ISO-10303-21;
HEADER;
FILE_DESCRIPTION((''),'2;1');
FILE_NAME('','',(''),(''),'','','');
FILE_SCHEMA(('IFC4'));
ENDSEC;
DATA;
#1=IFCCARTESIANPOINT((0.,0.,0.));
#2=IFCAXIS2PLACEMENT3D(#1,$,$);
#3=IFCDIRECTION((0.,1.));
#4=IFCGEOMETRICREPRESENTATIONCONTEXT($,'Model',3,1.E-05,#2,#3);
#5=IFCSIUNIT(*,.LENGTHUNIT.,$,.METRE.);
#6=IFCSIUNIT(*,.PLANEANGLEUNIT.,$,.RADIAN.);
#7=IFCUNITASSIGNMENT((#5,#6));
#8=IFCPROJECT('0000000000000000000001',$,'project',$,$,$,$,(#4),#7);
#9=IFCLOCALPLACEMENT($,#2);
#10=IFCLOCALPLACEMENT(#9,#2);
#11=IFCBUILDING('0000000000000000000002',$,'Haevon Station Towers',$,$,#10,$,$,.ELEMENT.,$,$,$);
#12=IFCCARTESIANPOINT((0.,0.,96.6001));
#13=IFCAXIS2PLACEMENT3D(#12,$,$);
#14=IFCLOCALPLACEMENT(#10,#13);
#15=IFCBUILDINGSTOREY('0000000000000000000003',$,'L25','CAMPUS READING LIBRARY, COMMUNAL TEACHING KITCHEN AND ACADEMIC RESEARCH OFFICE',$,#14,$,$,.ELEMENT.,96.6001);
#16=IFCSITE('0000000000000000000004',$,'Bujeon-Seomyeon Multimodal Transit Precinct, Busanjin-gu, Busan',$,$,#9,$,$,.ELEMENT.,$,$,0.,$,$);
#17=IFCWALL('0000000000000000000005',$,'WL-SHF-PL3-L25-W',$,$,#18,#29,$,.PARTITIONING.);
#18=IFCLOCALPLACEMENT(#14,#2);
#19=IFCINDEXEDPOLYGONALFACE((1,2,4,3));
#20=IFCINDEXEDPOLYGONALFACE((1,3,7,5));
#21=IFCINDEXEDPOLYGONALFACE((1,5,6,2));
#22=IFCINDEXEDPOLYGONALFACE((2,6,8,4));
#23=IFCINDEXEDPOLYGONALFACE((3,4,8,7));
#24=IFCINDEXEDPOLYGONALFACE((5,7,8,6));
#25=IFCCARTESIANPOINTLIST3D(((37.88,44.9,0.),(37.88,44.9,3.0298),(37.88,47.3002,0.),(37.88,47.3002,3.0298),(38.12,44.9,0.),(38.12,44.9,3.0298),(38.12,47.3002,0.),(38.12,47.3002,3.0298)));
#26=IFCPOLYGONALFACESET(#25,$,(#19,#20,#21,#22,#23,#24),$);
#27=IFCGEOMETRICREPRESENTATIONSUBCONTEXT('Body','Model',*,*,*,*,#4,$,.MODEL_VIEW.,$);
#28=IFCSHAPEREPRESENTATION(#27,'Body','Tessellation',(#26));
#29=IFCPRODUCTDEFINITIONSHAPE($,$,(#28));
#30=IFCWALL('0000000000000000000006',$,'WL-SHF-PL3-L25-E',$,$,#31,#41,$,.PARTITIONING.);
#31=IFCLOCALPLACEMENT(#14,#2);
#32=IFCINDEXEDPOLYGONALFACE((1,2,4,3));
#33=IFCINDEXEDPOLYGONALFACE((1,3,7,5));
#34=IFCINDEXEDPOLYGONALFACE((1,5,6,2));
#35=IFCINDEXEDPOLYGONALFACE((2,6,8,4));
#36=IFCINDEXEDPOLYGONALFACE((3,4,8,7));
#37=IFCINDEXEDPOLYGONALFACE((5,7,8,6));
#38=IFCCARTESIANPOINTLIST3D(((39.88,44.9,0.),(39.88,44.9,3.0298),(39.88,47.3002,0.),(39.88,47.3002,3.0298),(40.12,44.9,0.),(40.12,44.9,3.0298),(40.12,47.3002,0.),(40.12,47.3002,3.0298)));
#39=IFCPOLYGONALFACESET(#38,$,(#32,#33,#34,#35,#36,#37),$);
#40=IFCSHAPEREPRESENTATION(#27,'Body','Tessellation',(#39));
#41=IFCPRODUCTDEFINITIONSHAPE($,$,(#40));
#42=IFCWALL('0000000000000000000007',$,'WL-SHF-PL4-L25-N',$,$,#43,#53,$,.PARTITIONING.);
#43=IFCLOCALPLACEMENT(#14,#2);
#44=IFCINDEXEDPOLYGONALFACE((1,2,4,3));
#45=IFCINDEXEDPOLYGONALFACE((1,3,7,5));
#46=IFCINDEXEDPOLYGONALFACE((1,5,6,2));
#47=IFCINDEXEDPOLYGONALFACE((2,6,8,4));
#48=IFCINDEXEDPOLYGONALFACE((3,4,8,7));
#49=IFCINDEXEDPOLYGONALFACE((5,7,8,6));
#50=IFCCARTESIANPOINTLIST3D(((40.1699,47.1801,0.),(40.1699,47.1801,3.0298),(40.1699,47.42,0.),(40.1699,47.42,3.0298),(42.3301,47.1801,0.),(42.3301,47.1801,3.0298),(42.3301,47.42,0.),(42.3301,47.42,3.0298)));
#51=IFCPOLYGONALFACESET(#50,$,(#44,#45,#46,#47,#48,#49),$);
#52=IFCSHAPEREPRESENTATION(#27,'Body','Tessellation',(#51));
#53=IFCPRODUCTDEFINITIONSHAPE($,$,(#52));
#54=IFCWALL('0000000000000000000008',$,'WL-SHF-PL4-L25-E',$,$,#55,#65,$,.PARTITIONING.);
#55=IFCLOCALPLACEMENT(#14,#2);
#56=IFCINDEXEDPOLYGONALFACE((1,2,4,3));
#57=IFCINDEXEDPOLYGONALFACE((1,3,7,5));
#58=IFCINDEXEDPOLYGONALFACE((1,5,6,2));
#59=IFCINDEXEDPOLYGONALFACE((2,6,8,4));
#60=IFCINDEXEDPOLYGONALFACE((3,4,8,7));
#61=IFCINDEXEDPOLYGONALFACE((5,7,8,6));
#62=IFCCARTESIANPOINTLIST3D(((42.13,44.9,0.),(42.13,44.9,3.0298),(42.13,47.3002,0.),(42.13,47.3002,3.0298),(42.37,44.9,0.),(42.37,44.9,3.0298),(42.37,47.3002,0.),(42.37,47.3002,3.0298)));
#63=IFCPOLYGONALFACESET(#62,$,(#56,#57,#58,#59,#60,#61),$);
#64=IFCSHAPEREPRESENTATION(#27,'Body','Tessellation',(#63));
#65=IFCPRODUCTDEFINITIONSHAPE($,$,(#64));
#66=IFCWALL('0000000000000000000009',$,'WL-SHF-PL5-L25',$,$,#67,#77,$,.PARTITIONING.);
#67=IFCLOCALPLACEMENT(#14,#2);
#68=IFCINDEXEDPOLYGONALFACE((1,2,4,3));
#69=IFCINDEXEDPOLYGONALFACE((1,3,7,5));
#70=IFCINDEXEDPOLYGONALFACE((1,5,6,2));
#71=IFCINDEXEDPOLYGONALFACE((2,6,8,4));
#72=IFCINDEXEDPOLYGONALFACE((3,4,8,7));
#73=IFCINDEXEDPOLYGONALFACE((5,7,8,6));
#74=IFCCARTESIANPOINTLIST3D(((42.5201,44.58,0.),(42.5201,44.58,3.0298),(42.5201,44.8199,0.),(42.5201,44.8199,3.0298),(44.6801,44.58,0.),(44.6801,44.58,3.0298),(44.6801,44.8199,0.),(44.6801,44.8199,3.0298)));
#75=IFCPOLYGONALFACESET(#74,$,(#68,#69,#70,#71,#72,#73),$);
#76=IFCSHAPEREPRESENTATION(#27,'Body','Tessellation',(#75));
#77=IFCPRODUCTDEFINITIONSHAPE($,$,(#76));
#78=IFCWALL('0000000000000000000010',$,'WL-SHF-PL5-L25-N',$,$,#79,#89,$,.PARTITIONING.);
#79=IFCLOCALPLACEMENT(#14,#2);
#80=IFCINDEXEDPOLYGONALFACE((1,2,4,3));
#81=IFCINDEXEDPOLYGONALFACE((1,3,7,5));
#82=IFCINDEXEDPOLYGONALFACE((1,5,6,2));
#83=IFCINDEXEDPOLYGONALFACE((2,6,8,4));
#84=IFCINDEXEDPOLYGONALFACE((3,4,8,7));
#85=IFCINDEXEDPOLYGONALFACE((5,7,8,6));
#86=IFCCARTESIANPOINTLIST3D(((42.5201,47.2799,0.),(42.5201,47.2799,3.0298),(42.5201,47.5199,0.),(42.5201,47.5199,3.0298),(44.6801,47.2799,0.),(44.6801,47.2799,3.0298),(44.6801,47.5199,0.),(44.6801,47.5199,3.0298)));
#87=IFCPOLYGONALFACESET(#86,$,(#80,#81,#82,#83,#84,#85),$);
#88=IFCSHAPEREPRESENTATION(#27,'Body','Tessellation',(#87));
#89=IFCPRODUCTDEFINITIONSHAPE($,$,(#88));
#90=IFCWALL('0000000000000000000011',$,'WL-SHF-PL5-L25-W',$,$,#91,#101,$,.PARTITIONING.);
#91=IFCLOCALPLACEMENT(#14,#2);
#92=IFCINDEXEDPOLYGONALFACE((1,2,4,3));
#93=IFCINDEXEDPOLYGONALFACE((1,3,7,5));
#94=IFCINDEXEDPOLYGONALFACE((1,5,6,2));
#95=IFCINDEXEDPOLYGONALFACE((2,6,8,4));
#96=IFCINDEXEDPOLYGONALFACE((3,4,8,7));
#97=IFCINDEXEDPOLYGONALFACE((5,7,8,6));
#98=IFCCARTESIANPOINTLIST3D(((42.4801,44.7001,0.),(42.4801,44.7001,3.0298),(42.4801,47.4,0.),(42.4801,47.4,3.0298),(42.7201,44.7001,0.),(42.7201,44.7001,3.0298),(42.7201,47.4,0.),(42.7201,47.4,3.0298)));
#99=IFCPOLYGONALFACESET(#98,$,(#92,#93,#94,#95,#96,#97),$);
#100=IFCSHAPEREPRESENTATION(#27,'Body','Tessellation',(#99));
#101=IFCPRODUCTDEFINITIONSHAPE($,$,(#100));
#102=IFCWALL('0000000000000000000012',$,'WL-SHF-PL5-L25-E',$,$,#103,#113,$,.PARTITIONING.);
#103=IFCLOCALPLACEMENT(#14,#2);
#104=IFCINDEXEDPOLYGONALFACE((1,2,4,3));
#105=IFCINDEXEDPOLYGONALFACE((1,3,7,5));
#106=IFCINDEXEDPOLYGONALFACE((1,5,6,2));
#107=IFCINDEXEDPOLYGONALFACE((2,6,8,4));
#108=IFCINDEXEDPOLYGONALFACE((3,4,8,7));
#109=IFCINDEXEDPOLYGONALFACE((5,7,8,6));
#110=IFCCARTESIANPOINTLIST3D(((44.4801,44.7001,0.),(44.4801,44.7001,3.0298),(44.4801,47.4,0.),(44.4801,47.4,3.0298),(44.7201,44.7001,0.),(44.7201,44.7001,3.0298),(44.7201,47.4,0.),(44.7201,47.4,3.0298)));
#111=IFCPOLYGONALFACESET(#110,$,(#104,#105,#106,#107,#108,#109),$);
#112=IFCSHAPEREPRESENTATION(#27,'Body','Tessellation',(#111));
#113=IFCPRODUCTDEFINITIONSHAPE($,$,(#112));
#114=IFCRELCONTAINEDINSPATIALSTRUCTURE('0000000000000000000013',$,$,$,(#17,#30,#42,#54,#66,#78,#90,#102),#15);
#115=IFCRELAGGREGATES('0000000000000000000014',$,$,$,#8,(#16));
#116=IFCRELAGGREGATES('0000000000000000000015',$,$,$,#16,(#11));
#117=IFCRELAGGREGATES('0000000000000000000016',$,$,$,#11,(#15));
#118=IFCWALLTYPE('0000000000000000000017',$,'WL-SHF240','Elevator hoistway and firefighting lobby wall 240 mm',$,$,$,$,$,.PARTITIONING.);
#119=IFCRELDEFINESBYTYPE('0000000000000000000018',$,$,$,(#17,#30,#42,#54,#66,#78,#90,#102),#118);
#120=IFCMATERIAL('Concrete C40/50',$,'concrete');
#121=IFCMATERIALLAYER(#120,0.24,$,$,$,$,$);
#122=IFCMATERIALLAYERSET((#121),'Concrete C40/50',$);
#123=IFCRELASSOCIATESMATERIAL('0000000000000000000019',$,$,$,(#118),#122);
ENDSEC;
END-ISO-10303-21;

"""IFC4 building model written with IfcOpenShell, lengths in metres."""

from ifc_helpers import new_model, si_unit, direction, frame, frame_2d, origin, place, context, subcontext, project, spatial, rectangle, extrude, material, layer, layer_set, type_object, element, save


model = new_model("IFC4")

# Units and contexts
model_context = context("Model", 3, precision=1e-05, world=origin(), true_north=direction((0.0, 1.0)))
body_context = subcontext(model_context, "Body", "Model", "MODEL_VIEW")
ifc_project = project(units=[si_unit("LENGTHUNIT", "METRE"), si_unit("PLANEANGLEUNIT", "RADIAN")], contexts=[model_context])

# Site, building, storey
site_placement = place(None, origin())
site = spatial("IfcSite", under=ifc_project, at=site_placement, Name="Bujeon-Seomyeon Multimodal Transit Precinct, Busanjin-gu, Busan", CompositionType="ELEMENT", RefElevation=0.0)
building_placement = place(site_placement, origin())
building = spatial("IfcBuilding", under=site, at=building_placement, Name="Haevon Station Towers", CompositionType="ELEMENT")
storey_placement = place(building_placement, frame((0.0, 0.0, 96.6001)))
storey = spatial("IfcBuildingStorey", under=building, at=storey_placement, Name="L25", Description="CAMPUS READING LIBRARY, COMMUNAL TEACHING KITCHEN AND ACADEMIC RESEARCH OFFICE", CompositionType="ELEMENT", Elevation=96.6001)

# Shared definitions
ifc_material_1 = material(Name="Concrete C40/50", Category="concrete")
ifc_layer_1 = layer(ifc_material_1, 0.24)
ifc_layer_set_1 = layer_set([ifc_layer_1], Name="Concrete C40/50")
wall_type_1 = type_object("IfcWallType", Name="WL-SHF240", Description="Elevator hoistway and firefighting lobby wall 240 mm", PredefinedType="PARTITIONING", material=ifc_layer_set_1)

# Walls
for number, where, z_axis, x_axis, name in (
    (1, (38.0, 44.8999, 0.0), (0.0, 0.0, 1.0), (0.0, 1.0, 0.0), "WL-SHF-PL3-L25-W"),
    (2, (40.0, 44.8999, 0.0), (0.0, 0.0, 1.0), (0.0, 1.0, 0.0), "WL-SHF-PL3-L25-E"),
):
    element("IfcWall", number, at=place(storey_placement, frame(where, z_axis=z_axis, x_axis=x_axis)), inside=storey, type_object=wall_type_1, Name=name, PredefinedType="PARTITIONING", context=body_context, shape_type="SweptSolid", body=[
        extrude(rectangle(XDim=2.4001, YDim=0.24, at=frame_2d((1.2002, 0.0))), origin(), (0.0, 0.0, 1.0), 3.0298),
    ])

# Walls
wall_1_placement = place(storey_placement, frame((40.1699, 47.3, 0.0), z_axis=(0.0, 0.0, 1.0), x_axis=(1.0, 0.0, 0.0)))
element("IfcWall", 3, at=wall_1_placement, inside=storey, type_object=wall_type_1, Name="WL-SHF-PL4-L25-N", PredefinedType="PARTITIONING", context=body_context, shape_type="SweptSolid", body=[
    extrude(rectangle(XDim=2.1602, YDim=0.24, at=frame_2d((1.0801, 0.0))), origin(), (0.0, 0.0, 1.0), 3.0298),
])
wall_2_placement = place(storey_placement, frame((42.25, 44.8999, 0.0), z_axis=(0.0, 0.0, 1.0), x_axis=(0.0, 1.0, 0.0)))
element("IfcWall", 4, at=wall_2_placement, inside=storey, type_object=wall_type_1, Name="WL-SHF-PL4-L25-E", PredefinedType="PARTITIONING", context=body_context, shape_type="SweptSolid", body=[
    extrude(rectangle(XDim=2.4001, YDim=0.24, at=frame_2d((1.2002, 0.0))), origin(), (0.0, 0.0, 1.0), 3.0298),
])
for number, where, z_axis, x_axis, name in (
    (5, (42.52, 44.7, 0.0), (0.0, 0.0, 1.0), (1.0, 0.0, 0.0), "WL-SHF-PL5-L25"),
    (6, (42.52, 47.3999, 0.0), (0.0, 0.0, 1.0), (1.0, 0.0, 0.0), "WL-SHF-PL5-L25-N"),
):
    element("IfcWall", number, at=place(storey_placement, frame(where, z_axis=z_axis, x_axis=x_axis)), inside=storey, type_object=wall_type_1, Name=name, PredefinedType="PARTITIONING", context=body_context, shape_type="SweptSolid", body=[
        extrude(rectangle(XDim=2.1599, YDim=0.24, at=frame_2d((1.0801, 0.0))), origin(), (0.0, 0.0, 1.0), 3.0298),
    ])
for number, where, z_axis, x_axis, name in (
    (7, (42.6001, 44.7, 0.0), (0.0, 0.0, 1.0), (0.0, 1.0, 0.0), "WL-SHF-PL5-L25-W"),
    (8, (44.6001, 44.7, 0.0), (0.0, 0.0, 1.0), (0.0, 1.0, 0.0), "WL-SHF-PL5-L25-E"),
):
    element("IfcWall", number, at=place(storey_placement, frame(where, z_axis=z_axis, x_axis=x_axis)), inside=storey, type_object=wall_type_1, Name=name, PredefinedType="PARTITIONING", context=body_context, shape_type="SweptSolid", body=[
        extrude(rectangle(XDim=2.7, YDim=0.24, at=frame_2d((1.3501, 0.0))), origin(), (0.0, 0.0, 1.0), 3.0298),
    ])

save(model, "model.ifc")
